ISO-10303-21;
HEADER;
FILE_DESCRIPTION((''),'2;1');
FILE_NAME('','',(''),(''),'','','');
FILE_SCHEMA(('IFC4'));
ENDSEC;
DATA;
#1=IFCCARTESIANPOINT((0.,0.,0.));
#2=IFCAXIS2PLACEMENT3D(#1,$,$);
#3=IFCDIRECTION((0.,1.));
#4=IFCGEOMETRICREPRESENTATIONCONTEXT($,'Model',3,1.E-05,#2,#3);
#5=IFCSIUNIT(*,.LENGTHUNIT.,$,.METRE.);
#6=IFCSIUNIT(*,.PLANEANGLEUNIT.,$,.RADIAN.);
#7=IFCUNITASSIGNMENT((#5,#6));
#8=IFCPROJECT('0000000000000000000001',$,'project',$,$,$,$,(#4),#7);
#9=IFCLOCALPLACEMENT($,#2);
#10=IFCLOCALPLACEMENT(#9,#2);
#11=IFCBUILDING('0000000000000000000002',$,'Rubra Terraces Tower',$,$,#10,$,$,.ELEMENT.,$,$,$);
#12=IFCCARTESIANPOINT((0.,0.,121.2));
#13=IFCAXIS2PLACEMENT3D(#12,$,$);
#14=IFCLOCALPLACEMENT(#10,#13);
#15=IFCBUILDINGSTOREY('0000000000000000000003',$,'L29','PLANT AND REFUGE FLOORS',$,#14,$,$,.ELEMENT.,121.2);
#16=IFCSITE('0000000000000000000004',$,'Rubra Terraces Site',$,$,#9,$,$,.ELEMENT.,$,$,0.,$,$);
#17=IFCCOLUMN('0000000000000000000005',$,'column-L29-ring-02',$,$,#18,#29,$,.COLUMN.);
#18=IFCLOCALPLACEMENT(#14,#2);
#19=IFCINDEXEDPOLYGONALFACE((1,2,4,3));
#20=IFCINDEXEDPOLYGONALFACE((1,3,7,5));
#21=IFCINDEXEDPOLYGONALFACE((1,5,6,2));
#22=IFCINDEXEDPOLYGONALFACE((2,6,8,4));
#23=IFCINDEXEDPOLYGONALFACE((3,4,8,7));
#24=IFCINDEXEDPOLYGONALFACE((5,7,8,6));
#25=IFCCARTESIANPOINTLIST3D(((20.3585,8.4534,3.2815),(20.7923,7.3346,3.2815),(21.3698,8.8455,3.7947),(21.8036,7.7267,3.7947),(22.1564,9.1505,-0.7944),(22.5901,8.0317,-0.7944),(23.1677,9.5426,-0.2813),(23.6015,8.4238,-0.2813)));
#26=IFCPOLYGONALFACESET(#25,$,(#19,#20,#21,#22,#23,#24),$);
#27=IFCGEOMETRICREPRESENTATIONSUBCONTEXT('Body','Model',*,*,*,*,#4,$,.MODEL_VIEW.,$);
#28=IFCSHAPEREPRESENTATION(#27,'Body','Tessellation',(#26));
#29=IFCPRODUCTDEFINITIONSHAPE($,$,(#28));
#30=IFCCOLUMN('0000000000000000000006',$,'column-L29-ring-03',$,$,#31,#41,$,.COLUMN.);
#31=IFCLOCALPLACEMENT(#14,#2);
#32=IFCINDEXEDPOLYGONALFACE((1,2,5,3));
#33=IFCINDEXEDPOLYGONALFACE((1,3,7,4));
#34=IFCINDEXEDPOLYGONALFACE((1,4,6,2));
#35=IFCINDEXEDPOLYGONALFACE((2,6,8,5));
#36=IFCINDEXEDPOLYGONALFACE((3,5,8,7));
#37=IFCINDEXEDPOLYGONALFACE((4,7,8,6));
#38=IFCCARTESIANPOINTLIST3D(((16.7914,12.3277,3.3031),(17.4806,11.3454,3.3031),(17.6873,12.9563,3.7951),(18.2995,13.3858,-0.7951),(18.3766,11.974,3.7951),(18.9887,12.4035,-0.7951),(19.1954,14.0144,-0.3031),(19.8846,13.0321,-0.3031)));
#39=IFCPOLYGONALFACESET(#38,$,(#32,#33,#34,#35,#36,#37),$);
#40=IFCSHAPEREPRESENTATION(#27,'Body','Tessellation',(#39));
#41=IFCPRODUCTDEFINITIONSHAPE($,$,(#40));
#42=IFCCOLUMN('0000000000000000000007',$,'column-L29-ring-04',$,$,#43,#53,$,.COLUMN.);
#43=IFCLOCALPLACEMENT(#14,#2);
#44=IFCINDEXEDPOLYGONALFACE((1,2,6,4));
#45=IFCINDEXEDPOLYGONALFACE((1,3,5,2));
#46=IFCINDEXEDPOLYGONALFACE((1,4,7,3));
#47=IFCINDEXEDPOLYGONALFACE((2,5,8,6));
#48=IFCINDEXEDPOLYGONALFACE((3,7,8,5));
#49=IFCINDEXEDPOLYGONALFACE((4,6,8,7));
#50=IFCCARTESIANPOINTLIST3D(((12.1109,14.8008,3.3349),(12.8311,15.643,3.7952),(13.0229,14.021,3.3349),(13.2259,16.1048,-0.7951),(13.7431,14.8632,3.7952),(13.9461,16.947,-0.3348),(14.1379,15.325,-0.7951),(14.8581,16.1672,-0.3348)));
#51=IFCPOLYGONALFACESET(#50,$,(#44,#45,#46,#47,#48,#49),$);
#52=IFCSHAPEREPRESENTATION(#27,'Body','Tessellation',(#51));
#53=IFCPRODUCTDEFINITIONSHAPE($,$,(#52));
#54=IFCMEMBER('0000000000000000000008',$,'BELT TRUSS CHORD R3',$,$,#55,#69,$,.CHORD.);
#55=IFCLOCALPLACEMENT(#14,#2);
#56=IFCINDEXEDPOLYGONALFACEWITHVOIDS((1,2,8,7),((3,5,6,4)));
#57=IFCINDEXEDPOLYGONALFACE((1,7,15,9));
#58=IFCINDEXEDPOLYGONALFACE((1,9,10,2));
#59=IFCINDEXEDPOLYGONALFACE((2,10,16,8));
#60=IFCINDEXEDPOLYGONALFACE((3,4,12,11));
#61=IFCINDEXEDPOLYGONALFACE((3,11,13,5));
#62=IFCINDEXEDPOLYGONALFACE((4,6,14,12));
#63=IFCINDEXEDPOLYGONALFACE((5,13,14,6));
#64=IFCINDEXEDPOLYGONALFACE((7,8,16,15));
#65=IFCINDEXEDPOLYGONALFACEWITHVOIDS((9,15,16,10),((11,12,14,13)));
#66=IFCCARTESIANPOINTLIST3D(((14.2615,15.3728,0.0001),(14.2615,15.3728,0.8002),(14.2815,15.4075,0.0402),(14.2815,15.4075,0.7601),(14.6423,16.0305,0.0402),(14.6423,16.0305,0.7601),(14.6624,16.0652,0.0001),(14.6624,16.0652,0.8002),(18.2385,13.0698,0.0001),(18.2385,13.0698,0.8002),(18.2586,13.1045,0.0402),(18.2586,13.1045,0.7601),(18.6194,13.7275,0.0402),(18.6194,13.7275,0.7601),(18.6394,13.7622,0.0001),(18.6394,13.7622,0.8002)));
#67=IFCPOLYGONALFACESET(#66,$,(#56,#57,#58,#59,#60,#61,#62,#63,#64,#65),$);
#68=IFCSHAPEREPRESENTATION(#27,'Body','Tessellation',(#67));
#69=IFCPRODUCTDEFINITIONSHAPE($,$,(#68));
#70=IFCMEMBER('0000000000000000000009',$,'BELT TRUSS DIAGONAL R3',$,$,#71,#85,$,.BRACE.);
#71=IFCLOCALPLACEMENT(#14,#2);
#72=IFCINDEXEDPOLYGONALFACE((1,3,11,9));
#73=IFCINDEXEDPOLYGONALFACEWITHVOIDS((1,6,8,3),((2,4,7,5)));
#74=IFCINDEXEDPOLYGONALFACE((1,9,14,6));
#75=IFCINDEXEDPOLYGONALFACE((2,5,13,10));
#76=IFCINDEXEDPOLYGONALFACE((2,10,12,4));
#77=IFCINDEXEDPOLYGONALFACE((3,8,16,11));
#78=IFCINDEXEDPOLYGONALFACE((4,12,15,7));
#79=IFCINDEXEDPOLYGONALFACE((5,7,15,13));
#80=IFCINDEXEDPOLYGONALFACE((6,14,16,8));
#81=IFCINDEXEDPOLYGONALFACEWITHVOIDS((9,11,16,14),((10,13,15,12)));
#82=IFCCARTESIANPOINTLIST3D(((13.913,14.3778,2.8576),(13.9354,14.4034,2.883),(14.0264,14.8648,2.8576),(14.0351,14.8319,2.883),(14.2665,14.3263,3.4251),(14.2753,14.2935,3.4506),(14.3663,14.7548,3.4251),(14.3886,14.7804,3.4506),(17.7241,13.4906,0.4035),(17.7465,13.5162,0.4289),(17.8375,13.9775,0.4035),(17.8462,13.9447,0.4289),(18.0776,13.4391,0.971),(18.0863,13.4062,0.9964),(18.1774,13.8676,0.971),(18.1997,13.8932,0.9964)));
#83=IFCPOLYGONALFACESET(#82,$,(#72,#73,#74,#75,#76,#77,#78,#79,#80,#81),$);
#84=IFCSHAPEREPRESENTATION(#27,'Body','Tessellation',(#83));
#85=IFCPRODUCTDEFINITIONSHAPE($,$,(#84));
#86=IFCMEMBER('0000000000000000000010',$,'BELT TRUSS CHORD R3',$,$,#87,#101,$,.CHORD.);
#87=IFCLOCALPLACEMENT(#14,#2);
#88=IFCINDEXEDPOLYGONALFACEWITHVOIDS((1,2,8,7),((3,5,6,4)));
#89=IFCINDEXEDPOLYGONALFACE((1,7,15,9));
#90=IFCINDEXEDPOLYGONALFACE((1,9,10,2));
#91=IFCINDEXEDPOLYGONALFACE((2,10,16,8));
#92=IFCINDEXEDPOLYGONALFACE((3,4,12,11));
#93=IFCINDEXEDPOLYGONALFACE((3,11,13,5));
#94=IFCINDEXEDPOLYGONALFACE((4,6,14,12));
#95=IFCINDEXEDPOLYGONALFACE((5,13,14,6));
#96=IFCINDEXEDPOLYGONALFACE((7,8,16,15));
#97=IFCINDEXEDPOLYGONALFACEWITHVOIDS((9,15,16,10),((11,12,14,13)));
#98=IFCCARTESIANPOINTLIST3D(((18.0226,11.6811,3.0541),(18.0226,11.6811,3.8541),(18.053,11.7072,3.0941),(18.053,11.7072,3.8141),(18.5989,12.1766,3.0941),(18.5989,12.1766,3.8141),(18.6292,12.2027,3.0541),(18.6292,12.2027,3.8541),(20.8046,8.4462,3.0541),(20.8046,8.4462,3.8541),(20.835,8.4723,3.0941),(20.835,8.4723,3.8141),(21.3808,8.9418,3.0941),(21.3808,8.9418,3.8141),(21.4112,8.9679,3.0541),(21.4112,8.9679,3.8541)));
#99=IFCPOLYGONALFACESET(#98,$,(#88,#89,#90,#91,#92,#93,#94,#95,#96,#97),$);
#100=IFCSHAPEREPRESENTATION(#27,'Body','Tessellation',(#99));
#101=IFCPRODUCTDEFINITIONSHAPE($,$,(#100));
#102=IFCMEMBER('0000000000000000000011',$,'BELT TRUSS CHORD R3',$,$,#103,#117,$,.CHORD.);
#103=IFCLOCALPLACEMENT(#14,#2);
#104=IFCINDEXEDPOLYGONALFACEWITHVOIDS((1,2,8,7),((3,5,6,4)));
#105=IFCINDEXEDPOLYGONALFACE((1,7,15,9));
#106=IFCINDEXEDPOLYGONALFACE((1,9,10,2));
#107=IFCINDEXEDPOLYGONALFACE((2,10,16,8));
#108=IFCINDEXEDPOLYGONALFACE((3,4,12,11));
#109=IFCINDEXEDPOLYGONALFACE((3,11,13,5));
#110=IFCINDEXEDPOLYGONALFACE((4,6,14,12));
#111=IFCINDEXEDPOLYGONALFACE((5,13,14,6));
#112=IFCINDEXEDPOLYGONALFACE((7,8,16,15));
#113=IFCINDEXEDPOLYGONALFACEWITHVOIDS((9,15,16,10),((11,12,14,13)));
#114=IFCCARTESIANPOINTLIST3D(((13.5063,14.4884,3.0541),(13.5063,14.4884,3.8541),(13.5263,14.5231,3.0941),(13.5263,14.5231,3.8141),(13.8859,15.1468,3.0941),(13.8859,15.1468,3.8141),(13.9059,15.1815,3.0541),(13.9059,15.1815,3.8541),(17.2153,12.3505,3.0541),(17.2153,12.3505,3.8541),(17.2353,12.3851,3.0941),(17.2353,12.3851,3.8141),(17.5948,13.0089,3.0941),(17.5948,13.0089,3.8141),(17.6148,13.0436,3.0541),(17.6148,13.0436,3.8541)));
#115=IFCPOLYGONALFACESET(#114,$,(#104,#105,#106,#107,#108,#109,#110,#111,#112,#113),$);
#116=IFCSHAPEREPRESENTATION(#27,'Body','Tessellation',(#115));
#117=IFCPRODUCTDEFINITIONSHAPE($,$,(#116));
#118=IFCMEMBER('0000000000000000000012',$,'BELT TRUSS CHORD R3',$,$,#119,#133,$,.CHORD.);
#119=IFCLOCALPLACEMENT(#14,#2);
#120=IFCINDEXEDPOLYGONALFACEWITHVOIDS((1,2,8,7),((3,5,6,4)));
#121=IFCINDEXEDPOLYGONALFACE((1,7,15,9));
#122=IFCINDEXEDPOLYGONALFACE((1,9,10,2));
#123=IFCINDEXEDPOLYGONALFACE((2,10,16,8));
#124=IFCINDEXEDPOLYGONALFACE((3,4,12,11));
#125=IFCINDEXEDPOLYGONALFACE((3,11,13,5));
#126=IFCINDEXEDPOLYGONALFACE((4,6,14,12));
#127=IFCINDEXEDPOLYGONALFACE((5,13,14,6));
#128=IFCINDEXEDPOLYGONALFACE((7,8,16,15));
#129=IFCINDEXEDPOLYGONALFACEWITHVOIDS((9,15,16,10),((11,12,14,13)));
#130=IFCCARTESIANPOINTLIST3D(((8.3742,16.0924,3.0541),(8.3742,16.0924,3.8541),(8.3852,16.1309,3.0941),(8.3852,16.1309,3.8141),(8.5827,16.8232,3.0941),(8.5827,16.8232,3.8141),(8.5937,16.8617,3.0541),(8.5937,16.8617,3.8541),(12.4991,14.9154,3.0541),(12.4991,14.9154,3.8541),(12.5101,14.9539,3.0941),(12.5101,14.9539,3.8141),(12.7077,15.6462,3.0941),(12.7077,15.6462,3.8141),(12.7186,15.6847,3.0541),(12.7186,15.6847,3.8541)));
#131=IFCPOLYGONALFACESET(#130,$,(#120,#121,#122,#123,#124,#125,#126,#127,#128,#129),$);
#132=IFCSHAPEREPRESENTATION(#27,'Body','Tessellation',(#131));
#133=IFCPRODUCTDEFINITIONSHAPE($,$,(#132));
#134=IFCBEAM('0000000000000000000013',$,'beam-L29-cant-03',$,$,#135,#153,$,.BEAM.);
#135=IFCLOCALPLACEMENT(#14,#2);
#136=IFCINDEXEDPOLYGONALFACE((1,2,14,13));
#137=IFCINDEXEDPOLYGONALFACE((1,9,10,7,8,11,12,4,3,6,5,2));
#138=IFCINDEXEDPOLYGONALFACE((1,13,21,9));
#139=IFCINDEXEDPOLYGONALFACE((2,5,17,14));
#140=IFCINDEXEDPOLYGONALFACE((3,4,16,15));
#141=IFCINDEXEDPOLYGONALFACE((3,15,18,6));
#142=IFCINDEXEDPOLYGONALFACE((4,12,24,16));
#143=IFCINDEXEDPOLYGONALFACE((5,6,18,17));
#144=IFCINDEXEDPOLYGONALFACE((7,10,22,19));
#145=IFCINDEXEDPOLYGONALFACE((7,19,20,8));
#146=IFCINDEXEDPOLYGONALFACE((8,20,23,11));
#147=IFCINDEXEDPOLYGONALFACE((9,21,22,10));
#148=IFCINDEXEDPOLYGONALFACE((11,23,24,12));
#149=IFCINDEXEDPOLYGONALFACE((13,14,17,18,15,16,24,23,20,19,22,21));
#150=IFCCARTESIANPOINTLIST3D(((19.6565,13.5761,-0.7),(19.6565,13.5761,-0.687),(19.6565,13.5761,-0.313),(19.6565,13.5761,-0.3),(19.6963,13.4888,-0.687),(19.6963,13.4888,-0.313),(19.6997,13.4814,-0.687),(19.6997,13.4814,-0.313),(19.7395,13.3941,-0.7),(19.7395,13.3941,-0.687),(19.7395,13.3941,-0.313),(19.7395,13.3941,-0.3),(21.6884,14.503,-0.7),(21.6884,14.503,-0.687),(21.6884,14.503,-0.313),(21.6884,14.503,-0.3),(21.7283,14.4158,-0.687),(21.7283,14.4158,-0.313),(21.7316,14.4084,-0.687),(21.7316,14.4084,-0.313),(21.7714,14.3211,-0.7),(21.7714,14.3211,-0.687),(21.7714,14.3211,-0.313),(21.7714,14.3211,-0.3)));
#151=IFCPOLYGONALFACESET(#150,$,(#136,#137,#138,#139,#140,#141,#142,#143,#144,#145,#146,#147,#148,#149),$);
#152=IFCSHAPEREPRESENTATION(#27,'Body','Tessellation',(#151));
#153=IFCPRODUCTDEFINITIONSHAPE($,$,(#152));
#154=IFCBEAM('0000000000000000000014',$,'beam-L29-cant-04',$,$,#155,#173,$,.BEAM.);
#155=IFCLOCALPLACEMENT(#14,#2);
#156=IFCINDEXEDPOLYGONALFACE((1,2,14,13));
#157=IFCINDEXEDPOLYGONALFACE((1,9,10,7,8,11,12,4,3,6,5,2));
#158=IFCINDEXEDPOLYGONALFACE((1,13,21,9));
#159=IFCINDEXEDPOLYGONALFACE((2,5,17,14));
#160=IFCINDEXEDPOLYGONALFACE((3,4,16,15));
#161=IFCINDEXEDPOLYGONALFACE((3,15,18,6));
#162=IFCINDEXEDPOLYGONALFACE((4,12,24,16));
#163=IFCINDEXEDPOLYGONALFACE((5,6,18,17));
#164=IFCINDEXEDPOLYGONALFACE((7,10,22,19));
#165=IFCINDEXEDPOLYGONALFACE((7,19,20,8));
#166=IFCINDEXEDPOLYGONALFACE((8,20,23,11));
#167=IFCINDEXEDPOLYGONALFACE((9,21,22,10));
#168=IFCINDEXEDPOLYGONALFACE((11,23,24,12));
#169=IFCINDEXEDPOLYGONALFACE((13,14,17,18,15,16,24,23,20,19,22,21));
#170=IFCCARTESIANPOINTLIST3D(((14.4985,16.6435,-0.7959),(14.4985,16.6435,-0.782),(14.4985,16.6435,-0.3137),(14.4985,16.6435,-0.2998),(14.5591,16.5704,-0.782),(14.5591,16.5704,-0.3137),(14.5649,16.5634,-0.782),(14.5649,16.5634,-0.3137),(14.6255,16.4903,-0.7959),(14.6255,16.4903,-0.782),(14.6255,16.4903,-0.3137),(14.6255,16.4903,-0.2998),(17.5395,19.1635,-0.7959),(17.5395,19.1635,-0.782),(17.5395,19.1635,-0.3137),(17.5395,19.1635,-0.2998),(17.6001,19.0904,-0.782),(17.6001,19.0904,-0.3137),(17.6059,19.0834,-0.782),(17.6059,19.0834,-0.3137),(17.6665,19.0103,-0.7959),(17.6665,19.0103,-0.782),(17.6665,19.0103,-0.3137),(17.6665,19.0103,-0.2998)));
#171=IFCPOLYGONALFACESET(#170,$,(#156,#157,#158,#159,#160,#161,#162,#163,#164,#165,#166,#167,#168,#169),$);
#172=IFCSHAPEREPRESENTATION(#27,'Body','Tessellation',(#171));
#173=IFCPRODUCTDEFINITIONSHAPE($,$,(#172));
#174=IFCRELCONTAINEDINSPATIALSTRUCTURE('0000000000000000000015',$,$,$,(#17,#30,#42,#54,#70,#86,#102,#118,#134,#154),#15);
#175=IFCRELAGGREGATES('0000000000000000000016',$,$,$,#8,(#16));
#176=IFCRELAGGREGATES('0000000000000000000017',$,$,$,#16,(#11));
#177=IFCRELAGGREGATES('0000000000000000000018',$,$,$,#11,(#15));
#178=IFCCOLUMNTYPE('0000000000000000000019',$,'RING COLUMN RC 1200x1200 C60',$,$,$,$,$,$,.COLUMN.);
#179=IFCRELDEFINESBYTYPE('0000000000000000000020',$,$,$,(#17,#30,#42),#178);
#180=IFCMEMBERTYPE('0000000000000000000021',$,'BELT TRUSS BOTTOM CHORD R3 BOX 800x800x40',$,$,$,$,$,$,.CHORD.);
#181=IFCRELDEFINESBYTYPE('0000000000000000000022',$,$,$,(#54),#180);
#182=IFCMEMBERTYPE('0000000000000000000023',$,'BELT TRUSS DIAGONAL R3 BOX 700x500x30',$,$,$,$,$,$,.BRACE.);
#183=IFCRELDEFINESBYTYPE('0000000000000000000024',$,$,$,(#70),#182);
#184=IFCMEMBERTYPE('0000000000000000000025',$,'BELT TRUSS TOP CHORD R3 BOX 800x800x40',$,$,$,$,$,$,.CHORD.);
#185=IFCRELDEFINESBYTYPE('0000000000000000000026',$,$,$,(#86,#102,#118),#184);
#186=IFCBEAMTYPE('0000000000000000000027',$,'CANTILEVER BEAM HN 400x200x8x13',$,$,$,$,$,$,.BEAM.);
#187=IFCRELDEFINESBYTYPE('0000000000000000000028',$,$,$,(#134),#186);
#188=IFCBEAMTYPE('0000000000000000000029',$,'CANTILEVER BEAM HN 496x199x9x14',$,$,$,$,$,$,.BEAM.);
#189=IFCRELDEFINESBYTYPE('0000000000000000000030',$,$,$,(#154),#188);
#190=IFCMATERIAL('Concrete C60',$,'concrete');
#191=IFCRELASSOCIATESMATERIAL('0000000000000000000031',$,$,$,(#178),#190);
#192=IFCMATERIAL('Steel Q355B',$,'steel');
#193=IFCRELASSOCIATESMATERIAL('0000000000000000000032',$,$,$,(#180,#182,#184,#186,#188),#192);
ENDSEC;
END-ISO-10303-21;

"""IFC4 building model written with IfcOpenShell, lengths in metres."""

from ifc_helpers import new_model, si_unit, direction, frame, origin, origin_2d, place, context, subcontext, project, spatial, rectangle, hollow_rectangle, i_section, extrude, material, material_profile, profile_set, type_object, element, save


model = new_model("IFC4")

# Units and contexts
model_context = context("Model", 3, precision=1e-05, world=origin(), true_north=direction((0.0, 1.0)))
body_context = subcontext(model_context, "Body", "Model", "MODEL_VIEW")
ifc_project = project(units=[si_unit("LENGTHUNIT", "METRE"), si_unit("PLANEANGLEUNIT", "RADIAN")], contexts=[model_context])

# Site, building, storey
site_placement = place(None, origin())
site = spatial("IfcSite", under=ifc_project, at=site_placement, Name="Rubra Terraces Site", CompositionType="ELEMENT", RefElevation=0.0)
building_placement = place(site_placement, origin())
building = spatial("IfcBuilding", under=site, at=building_placement, Name="Rubra Terraces Tower", CompositionType="ELEMENT")
storey_placement = place(building_placement, frame((0.0, 0.0, 121.2)))
storey = spatial("IfcBuildingStorey", under=building, at=storey_placement, Name="L29", Description="PLANT AND REFUGE FLOORS", CompositionType="ELEMENT", Elevation=121.2)

# Columns
ifc_material_1 = material(Name="Concrete C60", Category="concrete")
ifc_material_profile_1 = material_profile(ifc_material_1, rectangle(XDim=1.2, YDim=1.2, at=origin_2d()), Name="RC 1200x1200")
ifc_profile_set_1 = profile_set([ifc_material_profile_1], Name="Concrete C60")
column_type = type_object("IfcColumnType", Name="RING COLUMN RC 1200x1200 C60", PredefinedType="COLUMN", material=ifc_profile_set_1)
column_1_placement = place(storey_placement, frame((22.8789, 8.7871, -0.5378), z_axis=(-0.398723, -0.154584, 0.903949), x_axis=(0.361481, -0.93238, 0.0)))
element("IfcColumn", 1, at=column_1_placement, inside=storey, type_object=column_type, Name="column-L29-ring-02", PredefinedType="COLUMN", context=body_context, shape_type="SweptSolid", body=[
    extrude(rectangle(XDim=1.2, YDim=1.2, at=origin_2d()), origin(), (0.0, 0.0, 1.0), 4.509),
])
column_2_placement = place(storey_placement, frame((19.092, 13.209, -0.5491), z_axis=(-0.335633, -0.235492, 0.912082), x_axis=(0.57436, -0.818603, 0.0)))
element("IfcColumn", 2, at=column_2_placement, inside=storey, type_object=column_type, Name="column-L29-ring-03", PredefinedType="COLUMN", context=body_context, shape_type="SweptSolid", body=[
    extrude(rectangle(XDim=1.2, YDim=1.2, at=origin_2d()), origin(), (0.0, 0.0, 1.0), 4.4932),
])
column_3_placement = place(storey_placement, frame((14.042, 16.136, -0.5649), z_axis=(-0.249323, -0.291577, 0.923483), x_axis=(0.76003, -0.649889, 0.0)))
element("IfcColumn", 3, at=column_3_placement, inside=storey, type_object=column_type, Name="column-L29-ring-04", PredefinedType="COLUMN", context=body_context, shape_type="SweptSolid", body=[
    extrude(rectangle(XDim=1.2, YDim=1.2, at=origin_2d()), origin(), (0.0, 0.0, 1.0), 4.4722),
])

# Members
ifc_material_2 = material(Name="Steel Q355B", Category="steel")
ifc_material_profile_2 = material_profile(ifc_material_2, hollow_rectangle(XDim=0.8, YDim=0.8, WallThickness=0.04, at=origin_2d()), Name="BOX 800x800x40")
ifc_profile_set_2 = profile_set([ifc_material_profile_2], Name="Steel Q355B")
member_type_1 = type_object("IfcMemberType", Name="BELT TRUSS BOTTOM CHORD R3 BOX 800x800x40", PredefinedType="CHORD", material=ifc_profile_set_2)
member_1_placement = place(storey_placement, frame((18.439, 13.416, 0.4001), z_axis=(-0.865381, 0.501114, 0.0), x_axis=(-0.501114, -0.865381, 0.0)))
element("IfcMember", 4, at=member_1_placement, inside=storey, type_object=member_type_1, Name="BELT TRUSS CHORD R3", PredefinedType="CHORD", context=body_context, shape_type="SweptSolid", body=[
    extrude(hollow_rectangle(XDim=0.8, YDim=0.8, WallThickness=0.04, at=origin_2d()), origin(), (0.0, 0.0, 1.0), 4.5957),
])
ifc_material_profile_3 = material_profile(ifc_material_2, hollow_rectangle(XDim=0.5, YDim=0.7, WallThickness=0.03, at=origin_2d()), Name="BOX 700x500x30")
ifc_profile_set_3 = profile_set([ifc_material_profile_3], Name="Steel Q355B")
member_type_2 = type_object("IfcMemberType", Name="BELT TRUSS DIAGONAL R3 BOX 700x500x30", PredefinedType="BRACE", material=ifc_profile_set_3)
member_2_placement = place(storey_placement, frame((17.9619, 13.6919, 0.7), z_axis=(-0.825105, 0.192084, 0.531324), x_axis=(-0.226736, -0.973956, 0.0)))
element("IfcMember", 5, at=member_2_placement, inside=storey, type_object=member_type_2, Name="BELT TRUSS DIAGONAL R3", PredefinedType="BRACE", context=body_context, shape_type="SweptSolid", body=[
    extrude(hollow_rectangle(XDim=0.5, YDim=0.7, WallThickness=0.03, at=origin_2d()), origin(), (0.0, 0.0, 1.0), 4.6189),
])
ifc_material_profile_4 = material_profile(ifc_material_2, hollow_rectangle(XDim=0.8, YDim=0.8, WallThickness=0.04, at=origin_2d()), Name="BOX 800x800x40")
ifc_profile_set_4 = profile_set([ifc_material_profile_4], Name="Steel Q355B")
member_type_3 = type_object("IfcMemberType", Name="BELT TRUSS TOP CHORD R3 BOX 800x800x40", PredefinedType="CHORD", material=ifc_profile_set_4)
member_3_placement = place(storey_placement, frame((21.1079, 8.707, 3.4541), z_axis=(-0.652039, 0.758185, 0.0), x_axis=(-0.758185, -0.652039, 0.0)))
element("IfcMember", 6, at=member_3_placement, inside=storey, type_object=member_type_3, Name="BELT TRUSS CHORD R3", PredefinedType="CHORD", context=body_context, shape_type="SweptSolid", body=[
    extrude(hollow_rectangle(XDim=0.8, YDim=0.8, WallThickness=0.04, at=origin_2d()), origin(), (0.0, 0.0, 1.0), 4.2666),
])
member_4_placement = place(storey_placement, frame((17.415, 12.697, 3.4541), z_axis=(-0.866374, 0.499397, 0.0), x_axis=(-0.499397, -0.866374, 0.0)))
element("IfcMember", 7, at=member_4_placement, inside=storey, type_object=member_type_3, Name="BELT TRUSS CHORD R3", PredefinedType="CHORD", context=body_context, shape_type="SweptSolid", body=[
    extrude(hollow_rectangle(XDim=0.8, YDim=0.8, WallThickness=0.04, at=origin_2d()), origin(), (0.0, 0.0, 1.0), 4.281),
])
member_5_placement = place(storey_placement, frame((12.6089, 15.3, 3.4541), z_axis=(-0.961621, 0.274383, 0.0), x_axis=(-0.274383, -0.961621, 0.0)))
element("IfcMember", 8, at=member_5_placement, inside=storey, type_object=member_type_3, Name="BELT TRUSS CHORD R3", PredefinedType="CHORD", context=body_context, shape_type="SweptSolid", body=[
    extrude(hollow_rectangle(XDim=0.8, YDim=0.8, WallThickness=0.04, at=origin_2d()), origin(), (0.0, 0.0, 1.0), 4.2896),
])

# Beams
ifc_material_profile_5 = material_profile(ifc_material_2, i_section(OverallWidth=0.2, OverallDepth=0.3999, WebThickness=0.0081, FlangeThickness=0.0129, at=origin_2d()), Name="HN 400x200x8x13")
ifc_profile_set_5 = profile_set([ifc_material_profile_5], Name="Steel Q355B")
beam_type_1 = type_object("IfcBeamType", Name="CANTILEVER BEAM HN 400x200x8x13", PredefinedType="BEAM", material=ifc_profile_set_5)
beam_1_placement = place(storey_placement, frame((19.698, 13.4851, -0.5), z_axis=(0.909797, 0.415054, 0.0), x_axis=(-0.415054, 0.909797, 0.0)))
element("IfcBeam", 9, at=beam_1_placement, inside=storey, type_object=beam_type_1, Name="beam-L29-cant-03", PredefinedType="BEAM", context=body_context, shape_type="SweptSolid", body=[
    extrude(i_section(OverallWidth=0.2, OverallDepth=0.3999, WebThickness=0.0081, FlangeThickness=0.0129, at=origin_2d()), origin(), (0.0, 0.0, 1.0), 2.2334),
])
ifc_material_profile_6 = material_profile(ifc_material_2, i_section(OverallWidth=0.199, OverallDepth=0.4961, WebThickness=0.009, FlangeThickness=0.0139, at=origin_2d()), Name="HN 496x199x9x14")
ifc_profile_set_6 = profile_set([ifc_material_profile_6], Name="Steel Q355B")
beam_type_2 = type_object("IfcBeamType", Name="CANTILEVER BEAM HN 496x199x9x14", PredefinedType="BEAM", material=ifc_profile_set_6)
beam_2_placement = place(storey_placement, frame((14.562, 16.5669, -0.5479), z_axis=(0.769982, 0.638066, 0.0), x_axis=(-0.638066, 0.769982, 0.0)))
element("IfcBeam", 10, at=beam_2_placement, inside=storey, type_object=beam_type_2, Name="beam-L29-cant-04", PredefinedType="BEAM", context=body_context, shape_type="SweptSolid", body=[
    extrude(i_section(OverallWidth=0.199, OverallDepth=0.4961, WebThickness=0.009, FlangeThickness=0.0139, at=origin_2d()), origin(), (0.0, 0.0, 1.0), 3.9495),
])

save(model, "model.ifc")
